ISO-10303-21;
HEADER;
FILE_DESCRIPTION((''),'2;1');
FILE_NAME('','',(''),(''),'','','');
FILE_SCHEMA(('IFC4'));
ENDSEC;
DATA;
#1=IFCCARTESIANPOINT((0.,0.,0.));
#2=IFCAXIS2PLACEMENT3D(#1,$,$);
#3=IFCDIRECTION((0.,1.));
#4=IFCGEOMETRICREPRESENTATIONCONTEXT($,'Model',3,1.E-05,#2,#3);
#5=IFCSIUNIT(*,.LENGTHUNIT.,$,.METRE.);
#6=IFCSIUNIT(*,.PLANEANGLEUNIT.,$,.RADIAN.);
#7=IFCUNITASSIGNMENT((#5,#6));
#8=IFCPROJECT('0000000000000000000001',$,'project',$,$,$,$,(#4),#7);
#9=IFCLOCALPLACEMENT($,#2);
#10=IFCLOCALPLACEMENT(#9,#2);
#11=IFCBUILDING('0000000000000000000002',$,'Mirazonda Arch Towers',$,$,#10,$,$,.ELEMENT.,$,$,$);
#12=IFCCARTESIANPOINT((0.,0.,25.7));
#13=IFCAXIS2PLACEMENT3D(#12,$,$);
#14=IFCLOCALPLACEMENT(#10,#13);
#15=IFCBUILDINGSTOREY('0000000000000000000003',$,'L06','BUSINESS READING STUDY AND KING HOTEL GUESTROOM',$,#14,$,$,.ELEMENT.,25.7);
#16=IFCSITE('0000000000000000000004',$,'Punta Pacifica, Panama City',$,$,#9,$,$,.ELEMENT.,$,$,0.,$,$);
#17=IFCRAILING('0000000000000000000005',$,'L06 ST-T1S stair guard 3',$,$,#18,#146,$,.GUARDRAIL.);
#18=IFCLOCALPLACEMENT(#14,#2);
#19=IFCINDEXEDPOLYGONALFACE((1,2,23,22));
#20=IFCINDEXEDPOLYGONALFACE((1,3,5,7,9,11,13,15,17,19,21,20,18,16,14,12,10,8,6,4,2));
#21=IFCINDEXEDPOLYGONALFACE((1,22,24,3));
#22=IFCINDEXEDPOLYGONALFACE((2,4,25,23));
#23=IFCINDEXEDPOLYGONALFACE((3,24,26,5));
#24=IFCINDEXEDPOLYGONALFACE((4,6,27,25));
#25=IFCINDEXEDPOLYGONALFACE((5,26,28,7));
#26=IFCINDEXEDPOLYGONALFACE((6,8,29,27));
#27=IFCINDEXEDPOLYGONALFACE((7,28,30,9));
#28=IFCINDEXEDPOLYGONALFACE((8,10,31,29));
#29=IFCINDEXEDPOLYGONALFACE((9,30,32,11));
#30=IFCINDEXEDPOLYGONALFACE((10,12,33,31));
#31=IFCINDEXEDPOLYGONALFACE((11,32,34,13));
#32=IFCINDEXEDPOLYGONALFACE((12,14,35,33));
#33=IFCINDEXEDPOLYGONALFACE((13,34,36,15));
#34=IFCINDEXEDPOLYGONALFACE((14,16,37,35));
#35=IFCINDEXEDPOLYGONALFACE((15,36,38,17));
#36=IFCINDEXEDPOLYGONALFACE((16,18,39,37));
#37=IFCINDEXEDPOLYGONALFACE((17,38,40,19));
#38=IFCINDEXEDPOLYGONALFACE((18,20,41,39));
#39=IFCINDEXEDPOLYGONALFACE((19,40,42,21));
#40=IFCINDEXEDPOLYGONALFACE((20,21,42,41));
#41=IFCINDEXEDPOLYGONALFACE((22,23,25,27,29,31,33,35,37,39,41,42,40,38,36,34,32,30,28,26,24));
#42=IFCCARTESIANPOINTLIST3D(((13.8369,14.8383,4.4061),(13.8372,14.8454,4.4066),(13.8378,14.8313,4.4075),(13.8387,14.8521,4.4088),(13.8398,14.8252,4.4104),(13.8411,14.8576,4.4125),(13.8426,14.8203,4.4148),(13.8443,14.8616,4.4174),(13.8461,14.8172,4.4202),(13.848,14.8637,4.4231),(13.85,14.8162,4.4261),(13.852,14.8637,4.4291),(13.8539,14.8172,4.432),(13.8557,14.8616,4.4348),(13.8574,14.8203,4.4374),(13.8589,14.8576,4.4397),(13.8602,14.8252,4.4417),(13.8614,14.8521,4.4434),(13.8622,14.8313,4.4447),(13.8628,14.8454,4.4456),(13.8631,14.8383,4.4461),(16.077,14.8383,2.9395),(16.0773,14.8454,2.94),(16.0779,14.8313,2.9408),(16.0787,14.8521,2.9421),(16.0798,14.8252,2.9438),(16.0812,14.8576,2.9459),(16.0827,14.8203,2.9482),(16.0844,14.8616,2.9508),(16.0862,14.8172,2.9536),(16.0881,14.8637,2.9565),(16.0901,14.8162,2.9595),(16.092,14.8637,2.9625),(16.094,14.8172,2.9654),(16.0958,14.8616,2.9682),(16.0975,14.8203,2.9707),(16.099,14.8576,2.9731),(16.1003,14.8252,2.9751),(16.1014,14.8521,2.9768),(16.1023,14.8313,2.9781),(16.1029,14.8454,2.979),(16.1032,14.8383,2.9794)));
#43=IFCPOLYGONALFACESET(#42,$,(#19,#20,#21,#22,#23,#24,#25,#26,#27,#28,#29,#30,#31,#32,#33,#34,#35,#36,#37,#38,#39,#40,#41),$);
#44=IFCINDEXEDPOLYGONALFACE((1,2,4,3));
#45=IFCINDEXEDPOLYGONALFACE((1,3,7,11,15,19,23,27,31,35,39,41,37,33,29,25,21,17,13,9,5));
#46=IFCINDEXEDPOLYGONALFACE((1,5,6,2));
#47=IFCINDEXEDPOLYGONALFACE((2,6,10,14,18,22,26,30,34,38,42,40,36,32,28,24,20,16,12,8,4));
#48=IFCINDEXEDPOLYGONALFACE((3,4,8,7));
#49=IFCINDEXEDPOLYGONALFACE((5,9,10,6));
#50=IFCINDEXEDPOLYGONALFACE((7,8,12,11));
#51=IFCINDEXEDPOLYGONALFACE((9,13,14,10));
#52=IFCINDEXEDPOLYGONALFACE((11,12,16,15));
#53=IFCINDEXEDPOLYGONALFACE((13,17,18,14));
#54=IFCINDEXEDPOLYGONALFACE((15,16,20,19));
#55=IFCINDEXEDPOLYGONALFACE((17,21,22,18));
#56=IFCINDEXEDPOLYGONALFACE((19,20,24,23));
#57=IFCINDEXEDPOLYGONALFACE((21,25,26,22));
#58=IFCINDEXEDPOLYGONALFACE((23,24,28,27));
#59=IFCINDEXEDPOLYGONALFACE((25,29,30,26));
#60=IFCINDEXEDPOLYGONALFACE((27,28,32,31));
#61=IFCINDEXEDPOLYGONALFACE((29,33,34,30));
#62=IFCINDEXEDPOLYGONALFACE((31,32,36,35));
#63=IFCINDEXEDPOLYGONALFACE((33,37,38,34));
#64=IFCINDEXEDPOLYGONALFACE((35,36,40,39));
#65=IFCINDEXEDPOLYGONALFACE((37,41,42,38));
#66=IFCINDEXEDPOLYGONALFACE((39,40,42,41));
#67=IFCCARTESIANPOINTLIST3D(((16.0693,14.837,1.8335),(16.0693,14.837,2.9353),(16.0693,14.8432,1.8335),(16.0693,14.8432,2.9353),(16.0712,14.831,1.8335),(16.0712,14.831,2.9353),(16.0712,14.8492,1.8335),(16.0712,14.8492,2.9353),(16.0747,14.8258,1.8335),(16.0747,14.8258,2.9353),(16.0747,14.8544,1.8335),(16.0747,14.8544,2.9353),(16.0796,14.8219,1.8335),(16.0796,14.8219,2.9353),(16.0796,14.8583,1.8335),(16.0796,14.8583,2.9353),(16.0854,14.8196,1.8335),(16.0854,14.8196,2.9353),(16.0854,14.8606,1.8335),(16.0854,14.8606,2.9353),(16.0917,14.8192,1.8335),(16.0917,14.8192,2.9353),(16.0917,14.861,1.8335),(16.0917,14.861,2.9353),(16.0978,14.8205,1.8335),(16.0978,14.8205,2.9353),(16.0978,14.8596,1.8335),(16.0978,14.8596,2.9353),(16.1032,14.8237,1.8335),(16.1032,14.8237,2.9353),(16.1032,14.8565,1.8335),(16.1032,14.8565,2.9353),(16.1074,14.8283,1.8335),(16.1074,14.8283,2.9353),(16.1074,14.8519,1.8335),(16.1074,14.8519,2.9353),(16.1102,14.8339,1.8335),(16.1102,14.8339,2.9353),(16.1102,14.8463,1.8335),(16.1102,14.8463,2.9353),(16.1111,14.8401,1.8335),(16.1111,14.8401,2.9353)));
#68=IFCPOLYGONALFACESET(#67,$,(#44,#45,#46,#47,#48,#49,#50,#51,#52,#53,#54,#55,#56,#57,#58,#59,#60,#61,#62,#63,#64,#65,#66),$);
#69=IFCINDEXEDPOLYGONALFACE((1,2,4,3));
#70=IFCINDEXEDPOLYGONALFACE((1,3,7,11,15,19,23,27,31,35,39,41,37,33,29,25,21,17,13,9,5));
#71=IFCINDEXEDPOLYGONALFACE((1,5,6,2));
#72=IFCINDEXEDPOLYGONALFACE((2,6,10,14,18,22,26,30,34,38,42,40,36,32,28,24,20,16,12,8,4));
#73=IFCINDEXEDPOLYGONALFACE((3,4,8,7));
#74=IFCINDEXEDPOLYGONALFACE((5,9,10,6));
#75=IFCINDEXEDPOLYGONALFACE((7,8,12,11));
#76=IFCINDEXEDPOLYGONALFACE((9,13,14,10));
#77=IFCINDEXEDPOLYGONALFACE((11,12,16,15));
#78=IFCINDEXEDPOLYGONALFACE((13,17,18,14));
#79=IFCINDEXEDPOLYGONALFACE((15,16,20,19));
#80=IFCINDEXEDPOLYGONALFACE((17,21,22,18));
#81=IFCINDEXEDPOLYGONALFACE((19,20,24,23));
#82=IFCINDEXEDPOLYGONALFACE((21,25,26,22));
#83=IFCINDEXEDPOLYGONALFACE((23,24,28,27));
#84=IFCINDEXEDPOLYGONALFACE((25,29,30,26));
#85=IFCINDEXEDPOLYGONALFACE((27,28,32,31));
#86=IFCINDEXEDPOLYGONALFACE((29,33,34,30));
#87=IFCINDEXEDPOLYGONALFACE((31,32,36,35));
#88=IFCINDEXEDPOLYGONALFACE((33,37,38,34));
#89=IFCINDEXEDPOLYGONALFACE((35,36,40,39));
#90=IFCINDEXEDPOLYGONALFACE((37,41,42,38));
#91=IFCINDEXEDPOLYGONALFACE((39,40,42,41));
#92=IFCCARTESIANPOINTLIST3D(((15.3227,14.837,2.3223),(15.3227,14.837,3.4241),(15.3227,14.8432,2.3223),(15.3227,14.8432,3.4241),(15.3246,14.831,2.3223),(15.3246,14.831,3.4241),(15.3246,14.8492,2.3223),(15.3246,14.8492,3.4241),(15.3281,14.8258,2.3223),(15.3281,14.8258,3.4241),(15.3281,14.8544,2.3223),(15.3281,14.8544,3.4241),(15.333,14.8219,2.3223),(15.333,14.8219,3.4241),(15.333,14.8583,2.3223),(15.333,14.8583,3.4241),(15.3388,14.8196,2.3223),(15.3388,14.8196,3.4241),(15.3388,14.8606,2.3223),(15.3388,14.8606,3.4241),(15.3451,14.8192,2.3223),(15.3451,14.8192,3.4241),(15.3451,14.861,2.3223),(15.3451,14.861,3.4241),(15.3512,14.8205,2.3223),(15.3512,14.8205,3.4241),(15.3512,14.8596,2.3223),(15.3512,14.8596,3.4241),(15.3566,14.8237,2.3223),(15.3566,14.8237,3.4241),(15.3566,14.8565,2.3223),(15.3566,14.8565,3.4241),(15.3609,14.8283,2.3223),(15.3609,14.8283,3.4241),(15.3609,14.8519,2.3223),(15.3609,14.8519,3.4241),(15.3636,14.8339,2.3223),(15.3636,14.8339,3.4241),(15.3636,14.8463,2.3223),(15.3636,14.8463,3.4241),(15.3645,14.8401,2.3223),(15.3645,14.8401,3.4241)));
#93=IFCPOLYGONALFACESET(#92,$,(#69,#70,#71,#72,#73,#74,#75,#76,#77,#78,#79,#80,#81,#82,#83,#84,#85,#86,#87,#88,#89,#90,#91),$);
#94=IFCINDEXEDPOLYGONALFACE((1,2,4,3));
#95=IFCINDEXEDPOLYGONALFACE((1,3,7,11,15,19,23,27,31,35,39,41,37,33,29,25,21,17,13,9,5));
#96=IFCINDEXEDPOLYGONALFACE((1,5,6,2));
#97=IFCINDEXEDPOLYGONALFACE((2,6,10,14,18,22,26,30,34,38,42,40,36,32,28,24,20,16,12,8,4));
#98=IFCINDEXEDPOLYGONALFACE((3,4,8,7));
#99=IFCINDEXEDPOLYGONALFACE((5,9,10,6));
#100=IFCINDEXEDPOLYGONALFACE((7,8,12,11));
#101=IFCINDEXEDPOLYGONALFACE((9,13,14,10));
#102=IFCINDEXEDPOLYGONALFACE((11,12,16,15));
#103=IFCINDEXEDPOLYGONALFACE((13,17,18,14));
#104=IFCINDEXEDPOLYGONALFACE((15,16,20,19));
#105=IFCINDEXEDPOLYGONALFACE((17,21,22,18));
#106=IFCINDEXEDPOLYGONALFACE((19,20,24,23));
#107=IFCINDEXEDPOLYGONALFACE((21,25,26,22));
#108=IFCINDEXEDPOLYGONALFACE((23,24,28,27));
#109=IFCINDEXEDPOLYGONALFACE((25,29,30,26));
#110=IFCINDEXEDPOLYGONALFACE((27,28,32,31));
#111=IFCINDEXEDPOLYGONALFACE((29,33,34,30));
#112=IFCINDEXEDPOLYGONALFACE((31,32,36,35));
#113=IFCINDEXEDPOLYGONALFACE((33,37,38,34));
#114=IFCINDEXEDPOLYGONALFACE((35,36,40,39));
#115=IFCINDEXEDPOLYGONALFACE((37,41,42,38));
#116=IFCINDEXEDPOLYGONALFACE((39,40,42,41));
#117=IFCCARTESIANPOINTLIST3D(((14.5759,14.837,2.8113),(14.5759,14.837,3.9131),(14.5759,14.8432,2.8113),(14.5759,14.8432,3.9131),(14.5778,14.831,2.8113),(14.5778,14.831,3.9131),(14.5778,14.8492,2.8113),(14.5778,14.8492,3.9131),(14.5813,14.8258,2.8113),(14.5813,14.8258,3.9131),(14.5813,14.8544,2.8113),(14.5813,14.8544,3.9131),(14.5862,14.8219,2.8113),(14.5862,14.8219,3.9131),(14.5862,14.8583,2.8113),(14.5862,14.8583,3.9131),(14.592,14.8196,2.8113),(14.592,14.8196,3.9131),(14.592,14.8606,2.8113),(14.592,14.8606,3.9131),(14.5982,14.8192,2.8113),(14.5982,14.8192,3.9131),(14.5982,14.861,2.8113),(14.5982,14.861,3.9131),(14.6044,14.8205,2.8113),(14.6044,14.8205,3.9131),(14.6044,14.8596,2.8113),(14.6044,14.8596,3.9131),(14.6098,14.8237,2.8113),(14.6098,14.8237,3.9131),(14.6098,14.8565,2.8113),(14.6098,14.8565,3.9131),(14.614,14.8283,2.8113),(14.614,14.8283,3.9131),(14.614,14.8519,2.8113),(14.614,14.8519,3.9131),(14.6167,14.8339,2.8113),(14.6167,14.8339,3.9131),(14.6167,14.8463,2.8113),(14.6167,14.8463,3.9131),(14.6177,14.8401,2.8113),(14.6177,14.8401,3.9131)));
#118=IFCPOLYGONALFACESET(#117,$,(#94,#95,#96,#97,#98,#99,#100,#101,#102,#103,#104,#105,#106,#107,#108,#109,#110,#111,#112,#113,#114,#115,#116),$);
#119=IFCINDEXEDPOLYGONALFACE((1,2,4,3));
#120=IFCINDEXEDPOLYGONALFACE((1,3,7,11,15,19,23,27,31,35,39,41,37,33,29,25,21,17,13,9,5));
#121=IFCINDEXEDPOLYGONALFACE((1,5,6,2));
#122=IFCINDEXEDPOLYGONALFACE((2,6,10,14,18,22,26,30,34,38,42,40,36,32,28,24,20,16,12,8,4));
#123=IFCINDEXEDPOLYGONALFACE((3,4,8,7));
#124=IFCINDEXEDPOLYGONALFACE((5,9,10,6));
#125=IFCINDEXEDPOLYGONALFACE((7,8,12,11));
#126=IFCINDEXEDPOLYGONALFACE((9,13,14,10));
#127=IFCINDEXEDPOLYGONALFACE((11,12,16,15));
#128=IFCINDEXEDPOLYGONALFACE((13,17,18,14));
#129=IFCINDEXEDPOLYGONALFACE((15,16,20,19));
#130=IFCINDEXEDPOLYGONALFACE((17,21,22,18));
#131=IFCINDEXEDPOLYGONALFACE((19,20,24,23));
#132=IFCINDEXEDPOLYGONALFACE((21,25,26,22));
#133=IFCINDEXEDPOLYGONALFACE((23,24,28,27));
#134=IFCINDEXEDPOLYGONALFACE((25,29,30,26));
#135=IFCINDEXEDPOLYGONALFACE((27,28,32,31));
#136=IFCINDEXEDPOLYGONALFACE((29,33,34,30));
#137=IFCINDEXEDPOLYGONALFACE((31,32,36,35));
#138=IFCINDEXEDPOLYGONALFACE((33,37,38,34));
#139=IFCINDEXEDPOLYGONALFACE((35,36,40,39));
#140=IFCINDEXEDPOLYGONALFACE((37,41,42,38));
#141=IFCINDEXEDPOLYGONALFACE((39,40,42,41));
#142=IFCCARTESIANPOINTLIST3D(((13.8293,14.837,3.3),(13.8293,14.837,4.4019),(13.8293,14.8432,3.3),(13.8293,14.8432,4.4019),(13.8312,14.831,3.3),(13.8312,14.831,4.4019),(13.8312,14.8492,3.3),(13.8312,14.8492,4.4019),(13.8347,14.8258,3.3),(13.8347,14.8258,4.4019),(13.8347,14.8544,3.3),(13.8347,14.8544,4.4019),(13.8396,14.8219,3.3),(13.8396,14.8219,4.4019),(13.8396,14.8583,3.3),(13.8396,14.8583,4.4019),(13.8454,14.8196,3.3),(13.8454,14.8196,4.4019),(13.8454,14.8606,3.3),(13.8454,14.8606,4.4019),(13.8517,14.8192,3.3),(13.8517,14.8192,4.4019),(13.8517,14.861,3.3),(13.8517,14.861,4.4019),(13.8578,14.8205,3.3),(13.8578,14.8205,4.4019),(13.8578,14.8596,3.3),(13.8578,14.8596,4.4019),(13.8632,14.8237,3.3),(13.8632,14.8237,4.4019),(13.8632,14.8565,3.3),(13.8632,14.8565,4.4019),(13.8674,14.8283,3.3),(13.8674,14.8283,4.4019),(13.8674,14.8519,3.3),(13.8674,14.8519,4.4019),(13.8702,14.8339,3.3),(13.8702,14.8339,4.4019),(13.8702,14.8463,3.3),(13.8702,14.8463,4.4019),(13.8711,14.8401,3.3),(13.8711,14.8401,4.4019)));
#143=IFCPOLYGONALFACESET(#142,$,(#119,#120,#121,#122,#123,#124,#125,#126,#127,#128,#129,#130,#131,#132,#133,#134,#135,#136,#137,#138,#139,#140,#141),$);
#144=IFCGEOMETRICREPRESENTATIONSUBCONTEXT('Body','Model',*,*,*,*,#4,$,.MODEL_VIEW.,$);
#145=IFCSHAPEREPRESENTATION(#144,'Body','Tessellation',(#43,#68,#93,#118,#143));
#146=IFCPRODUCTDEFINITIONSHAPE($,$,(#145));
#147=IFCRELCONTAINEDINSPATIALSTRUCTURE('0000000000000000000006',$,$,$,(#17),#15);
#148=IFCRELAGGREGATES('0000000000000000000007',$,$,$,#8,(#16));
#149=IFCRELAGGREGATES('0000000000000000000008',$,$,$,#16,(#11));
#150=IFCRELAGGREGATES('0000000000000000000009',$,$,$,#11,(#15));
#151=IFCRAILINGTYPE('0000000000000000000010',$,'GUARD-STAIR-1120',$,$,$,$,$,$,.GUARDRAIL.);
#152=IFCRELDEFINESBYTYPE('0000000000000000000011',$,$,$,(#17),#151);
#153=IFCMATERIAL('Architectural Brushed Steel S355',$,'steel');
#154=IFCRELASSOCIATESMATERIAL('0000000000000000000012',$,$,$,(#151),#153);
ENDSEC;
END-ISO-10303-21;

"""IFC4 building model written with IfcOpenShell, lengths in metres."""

from ifc_helpers import new_model, si_unit, direction, frame, origin, origin_2d, place, context, subcontext, project, spatial, circle, extrude, material, type_object, element, save


model = new_model("IFC4")

# Units and contexts
model_context = context("Model", 3, precision=1e-05, world=origin(), true_north=direction((0.0, 1.0)))
body_context = subcontext(model_context, "Body", "Model", "MODEL_VIEW")
ifc_project = project(units=[si_unit("LENGTHUNIT", "METRE"), si_unit("PLANEANGLEUNIT", "RADIAN")], contexts=[model_context])

# Site, building, storey
site_placement = place(None, origin())
site = spatial("IfcSite", under=ifc_project, at=site_placement, Name="Punta Pacifica, Panama City", CompositionType="ELEMENT", RefElevation=0.0)
building_placement = place(site_placement, origin())
building = spatial("IfcBuilding", under=site, at=building_placement, Name="Mirazonda Arch Towers", CompositionType="ELEMENT")
storey_placement = place(building_placement, frame((0.0, 0.0, 25.7)))
storey = spatial("IfcBuildingStorey", under=building, at=storey_placement, Name="L06", Description="BUSINESS READING STUDY AND KING HOTEL GUESTROOM", CompositionType="ELEMENT", Elevation=25.7)

# Railing
ifc_material_1 = material(Name="Architectural Brushed Steel S355", Category="steel")
railing_type_1 = type_object("IfcRailingType", Name="GUARD-STAIR-1120", PredefinedType="GUARDRAIL", material=ifc_material_1)
railing_1_placement = place(storey_placement, frame((16.0901, 14.8401, 1.8335)))
element("IfcRailing", 1, at=railing_1_placement, inside=storey, type_object=railing_type_1, Name="L06 ST-T1S stair guard 3", PredefinedType="GUARDRAIL", context=body_context, shape_type="SweptSolid", body=[
    extrude(circle(Radius=0.0239, at=origin_2d()), frame((0.0, 0.0, 1.126), z_axis=(-0.836637, 0.0, 0.547758), x_axis=(0.0, -1.0, 0.0)), (0.0, 0.0, 1.0), 2.6775),
    extrude(circle(Radius=0.021, at=origin_2d()), origin(), (0.0, 0.0, 1.0), 1.1018),
    extrude(circle(Radius=0.021, at=origin_2d()), frame((-0.7466, 0.0, 0.4888)), (0.0, 0.0, 1.0), 1.1018),
    extrude(circle(Radius=0.021, at=origin_2d()), frame((-1.4934, 0.0, 0.9778)), (0.0, 0.0, 1.0), 1.1018),
    extrude(circle(Radius=0.021, at=origin_2d()), frame((-2.24, 0.0, 1.4666)), (0.0, 0.0, 1.0), 1.1018),
])

save(model, "model.ifc")
